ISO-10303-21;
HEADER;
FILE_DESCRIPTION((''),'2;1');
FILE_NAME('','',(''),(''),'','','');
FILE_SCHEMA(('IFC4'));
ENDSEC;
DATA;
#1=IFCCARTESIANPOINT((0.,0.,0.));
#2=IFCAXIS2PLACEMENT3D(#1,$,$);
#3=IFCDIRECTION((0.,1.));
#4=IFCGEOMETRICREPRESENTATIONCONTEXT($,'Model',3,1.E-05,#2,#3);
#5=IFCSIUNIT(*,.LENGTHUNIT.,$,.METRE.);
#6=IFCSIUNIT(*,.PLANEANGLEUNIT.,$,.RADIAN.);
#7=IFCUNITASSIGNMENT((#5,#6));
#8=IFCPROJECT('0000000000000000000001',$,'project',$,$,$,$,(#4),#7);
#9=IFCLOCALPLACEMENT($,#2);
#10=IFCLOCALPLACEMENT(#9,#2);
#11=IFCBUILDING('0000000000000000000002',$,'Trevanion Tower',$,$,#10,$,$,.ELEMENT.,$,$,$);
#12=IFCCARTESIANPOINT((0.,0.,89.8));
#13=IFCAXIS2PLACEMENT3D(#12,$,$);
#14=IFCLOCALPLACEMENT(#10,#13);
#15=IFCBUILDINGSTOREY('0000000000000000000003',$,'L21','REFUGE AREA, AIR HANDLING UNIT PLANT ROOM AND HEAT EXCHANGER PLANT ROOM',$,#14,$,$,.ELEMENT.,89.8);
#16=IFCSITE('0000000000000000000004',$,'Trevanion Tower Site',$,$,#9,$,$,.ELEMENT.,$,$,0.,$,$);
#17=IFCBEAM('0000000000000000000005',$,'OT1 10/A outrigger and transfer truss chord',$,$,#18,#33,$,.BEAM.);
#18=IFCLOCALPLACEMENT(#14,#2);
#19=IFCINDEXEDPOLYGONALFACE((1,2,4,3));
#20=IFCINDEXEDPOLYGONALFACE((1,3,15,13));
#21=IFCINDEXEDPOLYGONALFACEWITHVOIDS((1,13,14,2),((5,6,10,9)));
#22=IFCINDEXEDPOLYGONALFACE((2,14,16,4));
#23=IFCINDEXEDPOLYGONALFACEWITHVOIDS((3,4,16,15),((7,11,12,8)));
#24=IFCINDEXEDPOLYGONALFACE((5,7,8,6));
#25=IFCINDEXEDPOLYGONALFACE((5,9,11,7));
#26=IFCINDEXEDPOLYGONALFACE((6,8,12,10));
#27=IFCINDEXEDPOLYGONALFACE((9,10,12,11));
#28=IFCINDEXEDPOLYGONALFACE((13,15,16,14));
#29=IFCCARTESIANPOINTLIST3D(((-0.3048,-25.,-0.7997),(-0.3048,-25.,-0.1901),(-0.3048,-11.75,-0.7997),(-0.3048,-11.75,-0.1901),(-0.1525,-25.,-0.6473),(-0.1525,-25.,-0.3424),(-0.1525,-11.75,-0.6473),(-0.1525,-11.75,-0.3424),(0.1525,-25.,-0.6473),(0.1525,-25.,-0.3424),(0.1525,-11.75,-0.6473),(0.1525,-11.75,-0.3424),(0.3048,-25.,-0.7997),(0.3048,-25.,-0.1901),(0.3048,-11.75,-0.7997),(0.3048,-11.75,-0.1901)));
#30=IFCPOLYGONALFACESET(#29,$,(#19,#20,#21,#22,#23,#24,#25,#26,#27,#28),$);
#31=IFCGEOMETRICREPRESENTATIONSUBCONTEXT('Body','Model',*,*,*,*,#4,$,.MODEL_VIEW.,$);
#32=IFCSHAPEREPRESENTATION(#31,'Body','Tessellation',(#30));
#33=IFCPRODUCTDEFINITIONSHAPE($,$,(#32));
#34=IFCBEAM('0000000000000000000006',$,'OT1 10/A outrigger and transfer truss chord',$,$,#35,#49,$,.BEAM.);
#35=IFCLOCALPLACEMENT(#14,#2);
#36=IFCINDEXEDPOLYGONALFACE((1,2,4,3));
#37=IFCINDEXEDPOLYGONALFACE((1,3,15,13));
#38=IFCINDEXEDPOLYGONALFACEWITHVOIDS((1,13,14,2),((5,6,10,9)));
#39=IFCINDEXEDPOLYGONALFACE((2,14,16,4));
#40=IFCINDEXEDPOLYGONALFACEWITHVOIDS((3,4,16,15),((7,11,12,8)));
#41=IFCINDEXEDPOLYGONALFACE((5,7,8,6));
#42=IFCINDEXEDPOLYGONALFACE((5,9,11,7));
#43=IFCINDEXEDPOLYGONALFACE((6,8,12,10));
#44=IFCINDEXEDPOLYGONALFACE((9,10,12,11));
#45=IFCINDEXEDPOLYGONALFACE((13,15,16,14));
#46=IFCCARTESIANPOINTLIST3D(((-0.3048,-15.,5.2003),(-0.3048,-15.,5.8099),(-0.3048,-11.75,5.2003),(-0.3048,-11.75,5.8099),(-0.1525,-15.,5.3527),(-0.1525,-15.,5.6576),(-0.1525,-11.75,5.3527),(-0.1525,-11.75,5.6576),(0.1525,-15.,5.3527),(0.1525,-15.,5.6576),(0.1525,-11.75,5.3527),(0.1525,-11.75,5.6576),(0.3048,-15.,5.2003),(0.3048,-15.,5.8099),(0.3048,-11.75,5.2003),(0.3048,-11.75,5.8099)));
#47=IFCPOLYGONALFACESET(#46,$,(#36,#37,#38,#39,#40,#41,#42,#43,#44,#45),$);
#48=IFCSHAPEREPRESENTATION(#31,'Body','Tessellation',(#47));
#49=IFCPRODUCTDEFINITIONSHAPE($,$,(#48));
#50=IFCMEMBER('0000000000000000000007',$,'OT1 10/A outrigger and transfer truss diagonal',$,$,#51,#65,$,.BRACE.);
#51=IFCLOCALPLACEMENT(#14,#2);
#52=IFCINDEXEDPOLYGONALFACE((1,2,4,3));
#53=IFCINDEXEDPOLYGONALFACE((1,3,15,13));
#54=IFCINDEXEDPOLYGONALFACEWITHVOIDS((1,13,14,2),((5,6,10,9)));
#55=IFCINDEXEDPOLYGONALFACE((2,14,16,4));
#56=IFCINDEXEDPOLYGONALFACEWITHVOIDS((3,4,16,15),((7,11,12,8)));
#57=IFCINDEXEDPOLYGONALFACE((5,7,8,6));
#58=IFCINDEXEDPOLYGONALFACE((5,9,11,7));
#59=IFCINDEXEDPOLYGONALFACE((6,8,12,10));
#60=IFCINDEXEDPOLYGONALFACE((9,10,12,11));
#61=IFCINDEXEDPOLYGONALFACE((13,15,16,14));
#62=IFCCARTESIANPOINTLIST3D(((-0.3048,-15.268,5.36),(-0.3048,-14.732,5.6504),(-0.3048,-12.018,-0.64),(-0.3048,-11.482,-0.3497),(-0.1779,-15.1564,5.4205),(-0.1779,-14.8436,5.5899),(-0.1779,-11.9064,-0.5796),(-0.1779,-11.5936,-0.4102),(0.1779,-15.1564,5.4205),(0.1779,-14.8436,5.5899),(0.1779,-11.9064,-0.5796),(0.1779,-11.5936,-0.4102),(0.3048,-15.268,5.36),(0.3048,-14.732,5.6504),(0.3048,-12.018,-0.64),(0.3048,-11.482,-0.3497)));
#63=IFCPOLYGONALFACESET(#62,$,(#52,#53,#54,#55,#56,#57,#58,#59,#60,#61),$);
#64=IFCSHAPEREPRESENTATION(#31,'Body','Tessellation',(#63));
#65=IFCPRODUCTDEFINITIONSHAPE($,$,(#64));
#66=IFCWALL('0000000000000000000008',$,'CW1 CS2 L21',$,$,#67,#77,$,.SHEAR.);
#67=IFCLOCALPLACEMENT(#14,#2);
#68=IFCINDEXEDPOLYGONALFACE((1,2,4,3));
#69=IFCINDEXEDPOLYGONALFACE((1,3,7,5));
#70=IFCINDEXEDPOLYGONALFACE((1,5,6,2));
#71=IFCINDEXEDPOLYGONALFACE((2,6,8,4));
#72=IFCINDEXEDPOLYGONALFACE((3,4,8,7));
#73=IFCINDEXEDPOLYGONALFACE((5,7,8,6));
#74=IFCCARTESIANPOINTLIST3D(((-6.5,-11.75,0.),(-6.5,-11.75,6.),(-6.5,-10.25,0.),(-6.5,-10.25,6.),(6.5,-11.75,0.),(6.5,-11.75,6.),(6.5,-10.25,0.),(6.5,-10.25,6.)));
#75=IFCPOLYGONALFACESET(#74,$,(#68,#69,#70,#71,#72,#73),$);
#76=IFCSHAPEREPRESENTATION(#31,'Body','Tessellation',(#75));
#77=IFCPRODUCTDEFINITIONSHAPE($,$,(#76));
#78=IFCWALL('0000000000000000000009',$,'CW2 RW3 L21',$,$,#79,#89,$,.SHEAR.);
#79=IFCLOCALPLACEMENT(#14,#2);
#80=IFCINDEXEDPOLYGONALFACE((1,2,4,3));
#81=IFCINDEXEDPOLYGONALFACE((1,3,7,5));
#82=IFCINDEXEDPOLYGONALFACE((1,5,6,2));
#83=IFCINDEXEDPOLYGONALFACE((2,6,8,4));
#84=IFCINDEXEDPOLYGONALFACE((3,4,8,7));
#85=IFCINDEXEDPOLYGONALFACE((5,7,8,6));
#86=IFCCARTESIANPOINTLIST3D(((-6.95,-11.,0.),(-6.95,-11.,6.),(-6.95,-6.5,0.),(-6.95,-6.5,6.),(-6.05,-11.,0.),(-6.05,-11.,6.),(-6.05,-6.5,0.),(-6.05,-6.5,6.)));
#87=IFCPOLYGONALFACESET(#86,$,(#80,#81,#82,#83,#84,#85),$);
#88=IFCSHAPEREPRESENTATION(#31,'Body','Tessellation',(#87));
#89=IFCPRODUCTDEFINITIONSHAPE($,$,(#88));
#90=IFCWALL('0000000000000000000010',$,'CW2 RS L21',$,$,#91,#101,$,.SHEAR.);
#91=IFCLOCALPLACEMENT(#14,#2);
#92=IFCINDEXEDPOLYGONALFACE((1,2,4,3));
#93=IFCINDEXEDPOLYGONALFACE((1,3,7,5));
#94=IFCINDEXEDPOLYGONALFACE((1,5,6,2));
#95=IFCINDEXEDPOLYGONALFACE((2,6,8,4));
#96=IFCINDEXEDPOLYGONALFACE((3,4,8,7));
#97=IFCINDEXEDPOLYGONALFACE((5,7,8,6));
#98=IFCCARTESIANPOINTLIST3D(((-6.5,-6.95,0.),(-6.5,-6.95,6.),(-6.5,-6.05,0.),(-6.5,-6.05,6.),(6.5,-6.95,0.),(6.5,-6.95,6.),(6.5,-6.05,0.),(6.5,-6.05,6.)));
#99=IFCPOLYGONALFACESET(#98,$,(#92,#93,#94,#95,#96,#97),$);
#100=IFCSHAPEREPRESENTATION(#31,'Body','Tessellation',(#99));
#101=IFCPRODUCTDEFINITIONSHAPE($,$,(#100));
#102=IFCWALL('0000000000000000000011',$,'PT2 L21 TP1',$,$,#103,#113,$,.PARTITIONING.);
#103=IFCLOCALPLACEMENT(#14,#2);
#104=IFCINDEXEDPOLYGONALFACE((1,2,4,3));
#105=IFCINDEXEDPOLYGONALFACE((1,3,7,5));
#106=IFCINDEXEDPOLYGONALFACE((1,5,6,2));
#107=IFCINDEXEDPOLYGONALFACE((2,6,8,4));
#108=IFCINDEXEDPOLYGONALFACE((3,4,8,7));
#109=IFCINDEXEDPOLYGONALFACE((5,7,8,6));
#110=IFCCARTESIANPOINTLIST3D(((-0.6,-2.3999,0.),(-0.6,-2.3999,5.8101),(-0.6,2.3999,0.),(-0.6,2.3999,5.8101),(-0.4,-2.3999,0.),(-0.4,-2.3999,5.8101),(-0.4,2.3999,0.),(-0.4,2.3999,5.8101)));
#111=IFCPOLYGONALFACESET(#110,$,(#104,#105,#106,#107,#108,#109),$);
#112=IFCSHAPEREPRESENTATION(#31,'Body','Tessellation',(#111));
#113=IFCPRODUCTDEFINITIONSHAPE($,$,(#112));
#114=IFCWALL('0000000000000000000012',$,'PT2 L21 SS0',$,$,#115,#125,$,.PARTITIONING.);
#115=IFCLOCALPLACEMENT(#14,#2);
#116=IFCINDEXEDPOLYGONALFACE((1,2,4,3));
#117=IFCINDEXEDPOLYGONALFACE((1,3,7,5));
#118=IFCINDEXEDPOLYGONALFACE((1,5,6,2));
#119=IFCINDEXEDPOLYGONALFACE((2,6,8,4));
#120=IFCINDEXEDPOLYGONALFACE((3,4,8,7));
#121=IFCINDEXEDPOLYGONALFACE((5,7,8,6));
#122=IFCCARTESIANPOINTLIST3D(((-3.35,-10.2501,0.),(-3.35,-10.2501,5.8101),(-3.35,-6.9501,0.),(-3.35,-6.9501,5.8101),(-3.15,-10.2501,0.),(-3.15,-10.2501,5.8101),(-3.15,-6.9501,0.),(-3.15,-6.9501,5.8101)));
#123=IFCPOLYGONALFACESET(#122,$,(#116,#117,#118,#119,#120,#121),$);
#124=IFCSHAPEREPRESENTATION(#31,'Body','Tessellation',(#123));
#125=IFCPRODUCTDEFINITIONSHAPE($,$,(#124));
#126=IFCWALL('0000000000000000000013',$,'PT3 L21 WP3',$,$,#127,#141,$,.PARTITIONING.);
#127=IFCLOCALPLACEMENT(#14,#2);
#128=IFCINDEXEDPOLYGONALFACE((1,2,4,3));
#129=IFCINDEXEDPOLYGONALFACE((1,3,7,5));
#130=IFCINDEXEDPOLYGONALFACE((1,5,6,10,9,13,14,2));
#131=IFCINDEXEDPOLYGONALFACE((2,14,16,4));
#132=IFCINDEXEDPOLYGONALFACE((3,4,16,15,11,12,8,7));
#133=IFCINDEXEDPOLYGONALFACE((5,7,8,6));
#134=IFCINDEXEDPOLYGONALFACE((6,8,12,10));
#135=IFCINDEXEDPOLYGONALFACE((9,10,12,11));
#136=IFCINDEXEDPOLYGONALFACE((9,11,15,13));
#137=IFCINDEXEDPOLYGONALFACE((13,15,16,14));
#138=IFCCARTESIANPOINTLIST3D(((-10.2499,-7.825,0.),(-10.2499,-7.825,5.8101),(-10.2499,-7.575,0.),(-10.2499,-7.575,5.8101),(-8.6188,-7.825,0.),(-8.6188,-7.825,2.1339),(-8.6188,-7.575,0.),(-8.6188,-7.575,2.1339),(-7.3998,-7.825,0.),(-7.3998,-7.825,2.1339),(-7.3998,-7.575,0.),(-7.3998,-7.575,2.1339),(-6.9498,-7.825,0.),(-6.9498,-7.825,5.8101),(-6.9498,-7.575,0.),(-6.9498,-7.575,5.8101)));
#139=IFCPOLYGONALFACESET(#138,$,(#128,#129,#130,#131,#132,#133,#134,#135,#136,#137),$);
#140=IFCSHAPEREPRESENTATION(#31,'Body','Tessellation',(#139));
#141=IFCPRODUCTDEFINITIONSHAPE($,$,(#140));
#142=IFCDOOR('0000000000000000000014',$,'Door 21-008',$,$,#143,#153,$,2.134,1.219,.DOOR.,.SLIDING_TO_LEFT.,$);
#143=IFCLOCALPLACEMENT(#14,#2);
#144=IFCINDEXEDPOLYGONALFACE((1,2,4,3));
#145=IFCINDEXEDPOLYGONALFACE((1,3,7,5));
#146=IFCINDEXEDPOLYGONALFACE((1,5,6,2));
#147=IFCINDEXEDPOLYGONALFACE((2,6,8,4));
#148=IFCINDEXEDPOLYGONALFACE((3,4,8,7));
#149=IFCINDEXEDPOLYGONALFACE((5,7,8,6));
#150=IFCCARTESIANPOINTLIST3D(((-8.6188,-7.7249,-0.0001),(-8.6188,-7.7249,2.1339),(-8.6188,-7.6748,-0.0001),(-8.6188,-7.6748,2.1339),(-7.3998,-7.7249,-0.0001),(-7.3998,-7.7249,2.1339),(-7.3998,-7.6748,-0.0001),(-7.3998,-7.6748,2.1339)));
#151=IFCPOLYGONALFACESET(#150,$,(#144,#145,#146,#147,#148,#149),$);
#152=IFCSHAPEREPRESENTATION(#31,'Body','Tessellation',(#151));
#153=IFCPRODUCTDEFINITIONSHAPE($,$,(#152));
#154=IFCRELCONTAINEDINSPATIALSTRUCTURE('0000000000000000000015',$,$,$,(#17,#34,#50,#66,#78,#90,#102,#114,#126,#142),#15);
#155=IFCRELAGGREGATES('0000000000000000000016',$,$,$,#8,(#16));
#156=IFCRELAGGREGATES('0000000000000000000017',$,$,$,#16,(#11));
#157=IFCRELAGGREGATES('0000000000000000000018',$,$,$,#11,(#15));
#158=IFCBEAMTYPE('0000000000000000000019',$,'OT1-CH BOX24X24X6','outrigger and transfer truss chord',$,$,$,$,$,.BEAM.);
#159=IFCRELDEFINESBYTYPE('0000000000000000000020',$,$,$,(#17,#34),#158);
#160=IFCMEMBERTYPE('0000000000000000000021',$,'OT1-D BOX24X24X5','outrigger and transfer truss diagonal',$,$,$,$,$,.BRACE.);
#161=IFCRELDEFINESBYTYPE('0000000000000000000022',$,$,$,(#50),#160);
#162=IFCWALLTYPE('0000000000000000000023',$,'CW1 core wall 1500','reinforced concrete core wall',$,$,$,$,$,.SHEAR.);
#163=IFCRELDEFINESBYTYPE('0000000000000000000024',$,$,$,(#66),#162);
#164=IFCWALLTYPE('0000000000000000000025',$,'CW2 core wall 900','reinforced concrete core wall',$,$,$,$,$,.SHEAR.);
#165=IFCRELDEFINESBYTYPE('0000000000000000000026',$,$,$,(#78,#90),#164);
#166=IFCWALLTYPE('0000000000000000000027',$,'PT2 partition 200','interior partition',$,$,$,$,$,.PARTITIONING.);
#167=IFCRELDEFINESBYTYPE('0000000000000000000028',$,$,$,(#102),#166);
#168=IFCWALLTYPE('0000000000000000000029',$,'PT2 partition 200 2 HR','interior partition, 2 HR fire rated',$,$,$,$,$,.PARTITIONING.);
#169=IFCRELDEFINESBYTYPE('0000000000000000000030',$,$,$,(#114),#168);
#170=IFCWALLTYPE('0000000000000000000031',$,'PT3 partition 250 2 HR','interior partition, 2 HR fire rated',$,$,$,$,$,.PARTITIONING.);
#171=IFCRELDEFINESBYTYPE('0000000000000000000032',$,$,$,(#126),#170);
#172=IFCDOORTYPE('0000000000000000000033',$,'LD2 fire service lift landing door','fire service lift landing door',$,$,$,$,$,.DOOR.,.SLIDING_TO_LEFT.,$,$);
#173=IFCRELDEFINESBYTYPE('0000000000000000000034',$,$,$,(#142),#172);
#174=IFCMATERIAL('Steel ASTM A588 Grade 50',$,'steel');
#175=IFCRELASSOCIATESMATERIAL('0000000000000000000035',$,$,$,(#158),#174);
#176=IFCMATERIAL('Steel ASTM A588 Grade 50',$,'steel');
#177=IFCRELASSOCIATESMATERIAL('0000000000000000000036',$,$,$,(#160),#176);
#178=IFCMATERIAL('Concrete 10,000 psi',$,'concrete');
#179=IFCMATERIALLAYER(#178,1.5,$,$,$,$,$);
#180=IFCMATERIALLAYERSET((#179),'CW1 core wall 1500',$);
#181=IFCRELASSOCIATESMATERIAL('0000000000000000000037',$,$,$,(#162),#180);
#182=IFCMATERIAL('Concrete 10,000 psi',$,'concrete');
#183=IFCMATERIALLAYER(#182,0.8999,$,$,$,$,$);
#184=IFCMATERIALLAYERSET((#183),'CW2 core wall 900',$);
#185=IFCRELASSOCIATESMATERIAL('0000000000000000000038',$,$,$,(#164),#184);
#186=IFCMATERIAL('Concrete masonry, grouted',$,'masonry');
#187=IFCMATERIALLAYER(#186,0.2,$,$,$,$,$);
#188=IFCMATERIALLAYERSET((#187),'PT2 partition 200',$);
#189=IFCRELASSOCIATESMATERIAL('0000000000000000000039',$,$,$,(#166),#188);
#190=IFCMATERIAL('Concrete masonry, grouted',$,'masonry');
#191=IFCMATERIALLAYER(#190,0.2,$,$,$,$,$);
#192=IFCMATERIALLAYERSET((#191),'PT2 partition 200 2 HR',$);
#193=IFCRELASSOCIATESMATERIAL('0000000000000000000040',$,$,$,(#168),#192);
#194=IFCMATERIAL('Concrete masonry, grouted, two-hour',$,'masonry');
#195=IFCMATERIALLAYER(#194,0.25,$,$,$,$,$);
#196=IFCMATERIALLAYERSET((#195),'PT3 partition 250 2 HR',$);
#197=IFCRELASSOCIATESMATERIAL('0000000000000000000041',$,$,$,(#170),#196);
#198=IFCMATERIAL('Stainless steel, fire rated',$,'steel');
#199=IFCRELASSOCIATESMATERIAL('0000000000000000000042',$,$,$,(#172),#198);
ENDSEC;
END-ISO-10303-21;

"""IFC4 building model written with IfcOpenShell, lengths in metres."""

from ifc_helpers import new_model, si_unit, direction, frame, frame_2d, origin, origin_2d, place, context, subcontext, project, spatial, rectangle, hollow_rectangle, extrude, material, layer, layer_set, material_profile, profile_set, type_object, element, fill, save


model = new_model("IFC4")

# Units and contexts
model_context = context("Model", 3, precision=1e-05, world=origin(), true_north=direction((0.0, 1.0)))
body_context = subcontext(model_context, "Body", "Model", "MODEL_VIEW")
ifc_project = project(units=[si_unit("LENGTHUNIT", "METRE"), si_unit("PLANEANGLEUNIT", "RADIAN")], contexts=[model_context])

# Site, building, storey
site_placement = place(None, origin())
site = spatial("IfcSite", under=ifc_project, at=site_placement, Name="Trevanion Tower Site", CompositionType="ELEMENT", RefElevation=0.0)
building_placement = place(site_placement, origin())
building = spatial("IfcBuilding", under=site, at=building_placement, Name="Trevanion Tower", CompositionType="ELEMENT")
storey_placement = place(building_placement, frame((0.0, 0.0, 89.8)))
storey = spatial("IfcBuildingStorey", under=building, at=storey_placement, Name="L21", Description="REFUGE AREA, AIR HANDLING UNIT PLANT ROOM AND HEAT EXCHANGER PLANT ROOM", CompositionType="ELEMENT", Elevation=89.8)

# Beams
ifc_material_1 = material(Name="Steel ASTM A588 Grade 50", Category="steel")
ifc_material_profile_1 = material_profile(ifc_material_1, hollow_rectangle(XDim=0.6096, YDim=0.6096, WallThickness=0.1523, at=origin_2d()), Name="BOX24X24X6")
ifc_profile_set_1 = profile_set([ifc_material_profile_1], Name="Steel ASTM A588 Grade 50")
beam_type_1 = type_object("IfcBeamType", Name="OT1-CH BOX24X24X6", Description="outrigger and transfer truss chord", PredefinedType="BEAM", material=ifc_profile_set_1)
beam_1_placement = place(storey_placement, frame((0.0, -11.75, -0.4949), z_axis=(0.0, -1.0, 0.0), x_axis=(1.0, 0.0, 0.0)))
element("IfcBeam", 1, at=beam_1_placement, inside=storey, type_object=beam_type_1, Name="OT1 10/A outrigger and transfer truss chord", PredefinedType="BEAM", context=body_context, shape_type="SweptSolid", body=[
    extrude(hollow_rectangle(XDim=0.6096, YDim=0.6096, WallThickness=0.1523, at=origin_2d()), origin(), (0.0, 0.0, 1.0), 13.25),
])
beam_2_placement = place(storey_placement, frame((0.0, -11.75, 5.5051), z_axis=(0.0, -1.0, 0.0), x_axis=(1.0, 0.0, 0.0)))
element("IfcBeam", 2, at=beam_2_placement, inside=storey, type_object=beam_type_1, Name="OT1 10/A outrigger and transfer truss chord", PredefinedType="BEAM", context=body_context, shape_type="SweptSolid", body=[
    extrude(hollow_rectangle(XDim=0.6096, YDim=0.6096, WallThickness=0.1523, at=origin_2d()), origin(), (0.0, 0.0, 1.0), 3.25),
])

# Member
ifc_material_2 = material(Name="Steel ASTM A588 Grade 50", Category="steel")
ifc_material_profile_2 = material_profile(ifc_material_2, hollow_rectangle(XDim=0.6096, YDim=0.6096, WallThickness=0.127, at=origin_2d()), Name="BOX24X24X5")
ifc_profile_set_2 = profile_set([ifc_material_profile_2], Name="Steel ASTM A588 Grade 50")
member_type = type_object("IfcMemberType", Name="OT1-D BOX24X24X5", Description="outrigger and transfer truss diagonal", PredefinedType="BRACE", material=ifc_profile_set_2)
member_placement = place(storey_placement, frame((0.0, -11.75, -0.4949), z_axis=(0.0, -0.476283, 0.879292), x_axis=(1.0, 0.0, 0.0)))
element("IfcMember", 3, at=member_placement, inside=storey, type_object=member_type, Name="OT1 10/A outrigger and transfer truss diagonal", PredefinedType="BRACE", context=body_context, shape_type="SweptSolid", body=[
    extrude(hollow_rectangle(XDim=0.6096, YDim=0.6096, WallThickness=0.127, at=origin_2d()), origin(), (0.0, 0.0, 1.0), 6.8237),
])

# Walls
ifc_material_3 = material(Name="Concrete 10,000 psi", Category="concrete")
ifc_layer_1 = layer(ifc_material_3, 1.5)
ifc_layer_set_1 = layer_set([ifc_layer_1], Name="CW1 core wall 1500")
wall_type_1 = type_object("IfcWallType", Name="CW1 core wall 1500", Description="reinforced concrete core wall", PredefinedType="SHEAR", material=ifc_layer_set_1)
wall_1_placement = place(storey_placement, frame((-6.5, -11.0, 0.0), z_axis=(0.0, 0.0, 1.0), x_axis=(1.0, 0.0, 0.0)))
element("IfcWall", 4, at=wall_1_placement, inside=storey, type_object=wall_type_1, Name="CW1 CS2 L21", PredefinedType="SHEAR", context=body_context, shape_type="SweptSolid", body=[
    extrude(rectangle(XDim=13.0, YDim=1.5, at=frame_2d((6.5, 0.0))), origin(), (0.0, 0.0, 1.0), 6.0),
])
ifc_material_4 = material(Name="Concrete 10,000 psi", Category="concrete")
ifc_layer_2 = layer(ifc_material_4, 0.8999)
ifc_layer_set_2 = layer_set([ifc_layer_2], Name="CW2 core wall 900")
wall_type_2 = type_object("IfcWallType", Name="CW2 core wall 900", Description="reinforced concrete core wall", PredefinedType="SHEAR", material=ifc_layer_set_2)
wall_2_placement = place(storey_placement, frame((-6.5, -6.5, 0.0), z_axis=(0.0, 0.0, 1.0), x_axis=(0.0, -1.0, 0.0)))
element("IfcWall", 5, at=wall_2_placement, inside=storey, type_object=wall_type_2, Name="CW2 RW3 L21", PredefinedType="SHEAR", context=body_context, shape_type="SweptSolid", body=[
    extrude(rectangle(XDim=4.5, YDim=0.8999, at=frame_2d((2.25, 0.0))), origin(), (0.0, 0.0, 1.0), 6.0),
])
wall_3_placement = place(storey_placement, frame((-6.5, -6.5, 0.0), z_axis=(0.0, 0.0, 1.0), x_axis=(1.0, 0.0, 0.0)))
element("IfcWall", 6, at=wall_3_placement, inside=storey, type_object=wall_type_2, Name="CW2 RS L21", PredefinedType="SHEAR", context=body_context, shape_type="SweptSolid", body=[
    extrude(rectangle(XDim=13.0, YDim=0.8999, at=frame_2d((6.5, 0.0))), origin(), (0.0, 0.0, 1.0), 6.0),
])
ifc_material_5 = material(Name="Concrete masonry, grouted", Category="masonry")
ifc_layer_3 = layer(ifc_material_5, 0.2)
ifc_layer_set_3 = layer_set([ifc_layer_3], Name="PT2 partition 200")
wall_type_3 = type_object("IfcWallType", Name="PT2 partition 200", Description="interior partition", PredefinedType="PARTITIONING", material=ifc_layer_set_3)
wall_4_placement = place(storey_placement, frame((-0.5, -2.3999, 0.0), z_axis=(0.0, 0.0, 1.0), x_axis=(0.0, 1.0, 0.0)))
element("IfcWall", 7, at=wall_4_placement, inside=storey, type_object=wall_type_3, Name="PT2 L21 TP1", PredefinedType="PARTITIONING", context=body_context, shape_type="SweptSolid", body=[
    extrude(rectangle(XDim=4.7998, YDim=0.2, at=frame_2d((2.3999, 0.0))), origin(), (0.0, 0.0, 1.0), 5.8101),
])
ifc_material_6 = material(Name="Concrete masonry, grouted", Category="masonry")
ifc_layer_4 = layer(ifc_material_6, 0.2)
ifc_layer_set_4 = layer_set([ifc_layer_4], Name="PT2 partition 200 2 HR")
wall_type_4 = type_object("IfcWallType", Name="PT2 partition 200 2 HR", Description="interior partition, 2 HR fire rated", PredefinedType="PARTITIONING", material=ifc_layer_set_4)
wall_5_placement = place(storey_placement, frame((-3.25, -10.25, 0.0), z_axis=(0.0, 0.0, 1.0), x_axis=(0.0, 1.0, 0.0)))
element("IfcWall", 8, at=wall_5_placement, inside=storey, type_object=wall_type_4, Name="PT2 L21 SS0", PredefinedType="PARTITIONING", context=body_context, shape_type="SweptSolid", body=[
    extrude(rectangle(XDim=3.3, YDim=0.2, at=frame_2d((1.6499, 0.0))), origin(), (0.0, 0.0, 1.0), 5.8101),
])

# Wall, opening, door
ifc_material_7 = material(Name="Concrete masonry, grouted, two-hour", Category="masonry")
ifc_layer_5 = layer(ifc_material_7, 0.25)
ifc_layer_set_5 = layer_set([ifc_layer_5], Name="PT3 partition 250 2 HR")
wall_type_5 = type_object("IfcWallType", Name="PT3 partition 250 2 HR", Description="interior partition, 2 HR fire rated", PredefinedType="PARTITIONING", material=ifc_layer_set_5)
wall_6_placement = place(storey_placement, frame((-6.95, -7.7, 0.0), z_axis=(0.0, 0.0, 1.0), x_axis=(-1.0, 0.0, 0.0)))
wall_6 = element("IfcWall", 9, at=wall_6_placement, inside=storey, type_object=wall_type_5, Name="PT3 L21 WP3", PredefinedType="PARTITIONING", context=body_context, shape_type="SweptSolid", body=[
    extrude(rectangle(XDim=3.3, YDim=0.25, at=frame_2d((1.6499, 0.0))), origin(), (0.0, 0.0, 1.0), 5.8101),
])
opening_1_placement = place(wall_6_placement, frame((0.45, 0.0, 0.0)))
opening_1 = element("IfcOpeningElement", 10, at=opening_1_placement, cuts=wall_6, PredefinedType="OPENING", context=body_context, shape_type="SweptSolid", body=[
    extrude(rectangle(XDim=1.219, YDim=2.134, at=frame_2d((0.6094, 1.0669))), frame((0.0, 0.135, 0.0), z_axis=(0.0, -1.0, 0.0), x_axis=(1.0, 0.0, 0.0)), (0.0, 0.0, 1.0), 0.27),
])
ifc_material_8 = material(Name="Stainless steel, fire rated", Category="steel")
door_type_1 = type_object("IfcDoorType", Name="LD2 fire service lift landing door", Description="fire service lift landing door", OperationType="SLIDING_TO_LEFT", PredefinedType="DOOR", material=ifc_material_8)
door_1_placement = place(opening_1_placement, origin())
door_1 = element("IfcDoor", 11, at=door_1_placement, inside=storey, type_object=door_type_1, Name="Door 21-008", OperationType="SLIDING_TO_LEFT", OverallHeight=2.134, OverallWidth=1.219, PredefinedType="DOOR", context=body_context, shape_type="SweptSolid", body=[
    extrude(rectangle(XDim=1.219, YDim=2.134, at=frame_2d((0.6094, 1.0669))), frame((0.0, 0.0249, 0.0), z_axis=(0.0, -1.0, 0.0), x_axis=(1.0, 0.0, 0.0)), (0.0, 0.0, 1.0), 0.05),
])
fill(opening_1, door_1)

save(model, "model.ifc")
